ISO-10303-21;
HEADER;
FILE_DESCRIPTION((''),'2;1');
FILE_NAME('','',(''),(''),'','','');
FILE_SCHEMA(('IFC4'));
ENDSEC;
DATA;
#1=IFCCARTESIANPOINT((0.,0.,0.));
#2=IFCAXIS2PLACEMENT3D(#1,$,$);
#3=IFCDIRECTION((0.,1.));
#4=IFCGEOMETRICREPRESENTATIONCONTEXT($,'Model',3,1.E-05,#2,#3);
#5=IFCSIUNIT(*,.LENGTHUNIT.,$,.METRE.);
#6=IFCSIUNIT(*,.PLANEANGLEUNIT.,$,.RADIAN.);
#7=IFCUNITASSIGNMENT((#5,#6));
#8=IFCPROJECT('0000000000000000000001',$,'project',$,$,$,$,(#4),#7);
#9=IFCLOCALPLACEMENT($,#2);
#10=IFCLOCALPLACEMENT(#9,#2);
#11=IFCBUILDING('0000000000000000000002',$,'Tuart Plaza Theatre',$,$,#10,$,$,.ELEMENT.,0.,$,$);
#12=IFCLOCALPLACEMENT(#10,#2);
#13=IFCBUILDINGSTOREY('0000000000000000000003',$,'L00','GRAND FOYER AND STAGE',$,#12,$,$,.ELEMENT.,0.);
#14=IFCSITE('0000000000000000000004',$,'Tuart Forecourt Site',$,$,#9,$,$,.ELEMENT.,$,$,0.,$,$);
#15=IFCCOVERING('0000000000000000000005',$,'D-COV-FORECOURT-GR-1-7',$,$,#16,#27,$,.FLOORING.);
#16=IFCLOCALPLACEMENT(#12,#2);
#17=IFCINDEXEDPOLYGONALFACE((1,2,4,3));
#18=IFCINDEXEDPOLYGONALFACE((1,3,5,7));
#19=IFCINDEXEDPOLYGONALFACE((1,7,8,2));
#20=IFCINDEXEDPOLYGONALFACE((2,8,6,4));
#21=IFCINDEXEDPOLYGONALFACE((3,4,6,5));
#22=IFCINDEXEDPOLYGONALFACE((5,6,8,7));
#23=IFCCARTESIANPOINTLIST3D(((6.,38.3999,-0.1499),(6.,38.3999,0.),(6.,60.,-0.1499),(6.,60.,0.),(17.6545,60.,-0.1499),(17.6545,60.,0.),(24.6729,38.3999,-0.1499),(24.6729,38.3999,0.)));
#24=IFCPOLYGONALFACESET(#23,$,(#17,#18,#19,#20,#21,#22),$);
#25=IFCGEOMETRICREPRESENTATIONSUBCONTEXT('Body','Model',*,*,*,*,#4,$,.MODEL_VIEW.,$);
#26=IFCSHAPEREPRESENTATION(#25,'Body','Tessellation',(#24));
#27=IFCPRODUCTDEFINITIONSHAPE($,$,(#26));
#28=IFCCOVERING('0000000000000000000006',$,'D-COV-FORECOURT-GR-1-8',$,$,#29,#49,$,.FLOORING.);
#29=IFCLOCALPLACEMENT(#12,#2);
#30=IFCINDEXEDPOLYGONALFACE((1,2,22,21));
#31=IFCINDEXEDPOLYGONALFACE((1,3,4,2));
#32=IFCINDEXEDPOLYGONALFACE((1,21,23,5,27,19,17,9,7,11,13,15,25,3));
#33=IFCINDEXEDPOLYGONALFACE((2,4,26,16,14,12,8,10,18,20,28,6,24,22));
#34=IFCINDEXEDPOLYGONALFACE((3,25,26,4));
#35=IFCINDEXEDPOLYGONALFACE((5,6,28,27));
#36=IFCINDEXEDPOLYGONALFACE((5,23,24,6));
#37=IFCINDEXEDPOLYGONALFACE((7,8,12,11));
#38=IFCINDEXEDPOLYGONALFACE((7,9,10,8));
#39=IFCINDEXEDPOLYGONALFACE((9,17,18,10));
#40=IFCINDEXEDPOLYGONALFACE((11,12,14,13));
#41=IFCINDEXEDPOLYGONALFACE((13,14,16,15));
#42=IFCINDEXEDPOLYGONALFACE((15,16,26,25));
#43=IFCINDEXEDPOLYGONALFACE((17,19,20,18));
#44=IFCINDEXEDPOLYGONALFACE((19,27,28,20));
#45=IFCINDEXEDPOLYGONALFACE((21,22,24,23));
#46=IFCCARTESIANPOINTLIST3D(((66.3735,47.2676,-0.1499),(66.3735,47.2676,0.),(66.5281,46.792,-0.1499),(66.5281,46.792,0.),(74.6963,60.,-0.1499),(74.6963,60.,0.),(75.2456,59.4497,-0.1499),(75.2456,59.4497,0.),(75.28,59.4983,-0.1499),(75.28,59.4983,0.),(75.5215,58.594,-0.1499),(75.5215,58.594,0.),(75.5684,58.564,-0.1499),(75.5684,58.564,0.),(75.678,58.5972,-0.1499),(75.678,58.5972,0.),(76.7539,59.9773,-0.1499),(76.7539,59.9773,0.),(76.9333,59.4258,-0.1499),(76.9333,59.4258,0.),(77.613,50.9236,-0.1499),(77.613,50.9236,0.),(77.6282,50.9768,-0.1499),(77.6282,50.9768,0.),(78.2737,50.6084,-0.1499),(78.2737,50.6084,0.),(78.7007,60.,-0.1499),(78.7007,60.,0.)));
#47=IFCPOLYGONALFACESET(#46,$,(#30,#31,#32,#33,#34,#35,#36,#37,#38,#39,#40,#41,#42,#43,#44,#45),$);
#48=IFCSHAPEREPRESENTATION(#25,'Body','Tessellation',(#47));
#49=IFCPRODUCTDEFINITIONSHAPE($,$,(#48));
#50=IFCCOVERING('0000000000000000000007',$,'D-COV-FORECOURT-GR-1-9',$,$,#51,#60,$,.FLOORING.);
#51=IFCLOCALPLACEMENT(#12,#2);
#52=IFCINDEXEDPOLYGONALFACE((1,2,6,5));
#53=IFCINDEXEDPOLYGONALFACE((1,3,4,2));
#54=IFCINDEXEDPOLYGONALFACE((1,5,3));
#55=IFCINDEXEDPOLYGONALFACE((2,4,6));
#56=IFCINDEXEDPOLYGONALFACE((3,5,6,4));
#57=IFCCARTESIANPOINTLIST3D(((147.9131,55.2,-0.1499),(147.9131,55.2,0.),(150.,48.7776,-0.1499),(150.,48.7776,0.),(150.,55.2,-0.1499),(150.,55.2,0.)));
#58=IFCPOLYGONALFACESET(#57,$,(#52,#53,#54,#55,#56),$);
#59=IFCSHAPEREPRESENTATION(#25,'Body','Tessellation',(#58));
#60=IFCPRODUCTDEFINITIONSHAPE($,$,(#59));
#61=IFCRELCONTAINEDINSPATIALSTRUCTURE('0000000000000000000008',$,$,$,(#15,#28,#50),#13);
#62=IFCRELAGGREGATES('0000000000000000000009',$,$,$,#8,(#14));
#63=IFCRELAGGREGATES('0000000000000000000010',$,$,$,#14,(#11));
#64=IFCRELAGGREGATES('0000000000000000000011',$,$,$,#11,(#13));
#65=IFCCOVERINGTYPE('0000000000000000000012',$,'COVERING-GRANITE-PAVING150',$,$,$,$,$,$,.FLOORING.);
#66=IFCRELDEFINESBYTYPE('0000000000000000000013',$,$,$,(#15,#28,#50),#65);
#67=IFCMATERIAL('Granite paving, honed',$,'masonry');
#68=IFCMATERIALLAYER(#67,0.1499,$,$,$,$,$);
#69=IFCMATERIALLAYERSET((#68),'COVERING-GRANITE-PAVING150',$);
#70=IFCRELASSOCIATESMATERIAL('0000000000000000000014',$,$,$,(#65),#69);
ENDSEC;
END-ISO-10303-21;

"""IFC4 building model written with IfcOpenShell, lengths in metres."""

from ifc_helpers import new_model, si_unit, direction, frame, origin, place, context, subcontext, project, spatial, polyline, outline, extrude, material, layer, layer_set, type_object, element, save


model = new_model("IFC4")

# Units and contexts
model_context = context("Model", 3, precision=1e-05, world=origin(), true_north=direction((0.0, 1.0)))
body_context = subcontext(model_context, "Body", "Model", "MODEL_VIEW")
ifc_project = project(units=[si_unit("LENGTHUNIT", "METRE"), si_unit("PLANEANGLEUNIT", "RADIAN")], contexts=[model_context])

# Site, building, storey
site_placement = place(None, origin())
site = spatial("IfcSite", under=ifc_project, at=site_placement, Name="Tuart Forecourt Site", CompositionType="ELEMENT", RefElevation=0.0)
building_placement = place(site_placement, origin())
building = spatial("IfcBuilding", under=site, at=building_placement, Name="Tuart Plaza Theatre", CompositionType="ELEMENT", ElevationOfRefHeight=0.0)
storey_placement = place(building_placement, origin())
storey = spatial("IfcBuildingStorey", under=building, at=storey_placement, Name="L00", Description="GRAND FOYER AND STAGE", CompositionType="ELEMENT", Elevation=0.0)

# Coverings
ifc_material_1 = material(Name="Granite paving, honed", Category="masonry")
ifc_layer_1 = layer(ifc_material_1, 0.1499)
ifc_layer_set_1 = layer_set([ifc_layer_1], Name="COVERING-GRANITE-PAVING150")
covering_type_1 = type_object("IfcCoveringType", Name="COVERING-GRANITE-PAVING150", PredefinedType="FLOORING", material=ifc_layer_set_1)
covering_1_placement = place(storey_placement, frame((0.0, 0.0, -0.1499)))
element("IfcCovering", 1, at=covering_1_placement, inside=storey, type_object=covering_type_1, Name="D-COV-FORECOURT-GR-1-7", PredefinedType="FLOORING", context=body_context, shape_type="SweptSolid", body=[
    extrude(outline(polyline([(24.6729, 38.3999), (17.6545, 60.0), (6.0, 60.0), (6.0, 38.3999), (24.6729, 38.3999)])), origin(), (0.0, 0.0, 1.0), 0.1499),
])
covering_2_placement = place(storey_placement, frame((0.0, 0.0, -0.1499)))
element("IfcCovering", 2, at=covering_2_placement, inside=storey, type_object=covering_type_1, Name="D-COV-FORECOURT-GR-1-8", PredefinedType="FLOORING", context=body_context, shape_type="SweptSolid", body=[
    extrude(outline(polyline([(78.2737, 50.6084), (75.678, 58.5972), (75.5684, 58.564), (75.5215, 58.594), (75.2456, 59.4497), (75.28, 59.4983), (76.7539, 59.9773), (76.9333, 59.4258), (78.7007, 60.0), (74.6963, 60.0), (77.6282, 50.9768), (77.613, 50.9236), (66.3735, 47.2676), (66.5281, 46.792), (78.2737, 50.6084)])), origin(), (0.0, 0.0, 1.0), 0.1499),
])
covering_3_placement = place(storey_placement, frame((0.0, 0.0, -0.1499)))
element("IfcCovering", 3, at=covering_3_placement, inside=storey, type_object=covering_type_1, Name="D-COV-FORECOURT-GR-1-9", PredefinedType="FLOORING", context=body_context, shape_type="SweptSolid", body=[
    extrude(outline(polyline([(147.9131, 55.2), (150.0, 48.7776), (150.0, 55.2), (147.9131, 55.2)])), origin(), (0.0, 0.0, 1.0), 0.1499),
])

save(model, "model.ifc")
